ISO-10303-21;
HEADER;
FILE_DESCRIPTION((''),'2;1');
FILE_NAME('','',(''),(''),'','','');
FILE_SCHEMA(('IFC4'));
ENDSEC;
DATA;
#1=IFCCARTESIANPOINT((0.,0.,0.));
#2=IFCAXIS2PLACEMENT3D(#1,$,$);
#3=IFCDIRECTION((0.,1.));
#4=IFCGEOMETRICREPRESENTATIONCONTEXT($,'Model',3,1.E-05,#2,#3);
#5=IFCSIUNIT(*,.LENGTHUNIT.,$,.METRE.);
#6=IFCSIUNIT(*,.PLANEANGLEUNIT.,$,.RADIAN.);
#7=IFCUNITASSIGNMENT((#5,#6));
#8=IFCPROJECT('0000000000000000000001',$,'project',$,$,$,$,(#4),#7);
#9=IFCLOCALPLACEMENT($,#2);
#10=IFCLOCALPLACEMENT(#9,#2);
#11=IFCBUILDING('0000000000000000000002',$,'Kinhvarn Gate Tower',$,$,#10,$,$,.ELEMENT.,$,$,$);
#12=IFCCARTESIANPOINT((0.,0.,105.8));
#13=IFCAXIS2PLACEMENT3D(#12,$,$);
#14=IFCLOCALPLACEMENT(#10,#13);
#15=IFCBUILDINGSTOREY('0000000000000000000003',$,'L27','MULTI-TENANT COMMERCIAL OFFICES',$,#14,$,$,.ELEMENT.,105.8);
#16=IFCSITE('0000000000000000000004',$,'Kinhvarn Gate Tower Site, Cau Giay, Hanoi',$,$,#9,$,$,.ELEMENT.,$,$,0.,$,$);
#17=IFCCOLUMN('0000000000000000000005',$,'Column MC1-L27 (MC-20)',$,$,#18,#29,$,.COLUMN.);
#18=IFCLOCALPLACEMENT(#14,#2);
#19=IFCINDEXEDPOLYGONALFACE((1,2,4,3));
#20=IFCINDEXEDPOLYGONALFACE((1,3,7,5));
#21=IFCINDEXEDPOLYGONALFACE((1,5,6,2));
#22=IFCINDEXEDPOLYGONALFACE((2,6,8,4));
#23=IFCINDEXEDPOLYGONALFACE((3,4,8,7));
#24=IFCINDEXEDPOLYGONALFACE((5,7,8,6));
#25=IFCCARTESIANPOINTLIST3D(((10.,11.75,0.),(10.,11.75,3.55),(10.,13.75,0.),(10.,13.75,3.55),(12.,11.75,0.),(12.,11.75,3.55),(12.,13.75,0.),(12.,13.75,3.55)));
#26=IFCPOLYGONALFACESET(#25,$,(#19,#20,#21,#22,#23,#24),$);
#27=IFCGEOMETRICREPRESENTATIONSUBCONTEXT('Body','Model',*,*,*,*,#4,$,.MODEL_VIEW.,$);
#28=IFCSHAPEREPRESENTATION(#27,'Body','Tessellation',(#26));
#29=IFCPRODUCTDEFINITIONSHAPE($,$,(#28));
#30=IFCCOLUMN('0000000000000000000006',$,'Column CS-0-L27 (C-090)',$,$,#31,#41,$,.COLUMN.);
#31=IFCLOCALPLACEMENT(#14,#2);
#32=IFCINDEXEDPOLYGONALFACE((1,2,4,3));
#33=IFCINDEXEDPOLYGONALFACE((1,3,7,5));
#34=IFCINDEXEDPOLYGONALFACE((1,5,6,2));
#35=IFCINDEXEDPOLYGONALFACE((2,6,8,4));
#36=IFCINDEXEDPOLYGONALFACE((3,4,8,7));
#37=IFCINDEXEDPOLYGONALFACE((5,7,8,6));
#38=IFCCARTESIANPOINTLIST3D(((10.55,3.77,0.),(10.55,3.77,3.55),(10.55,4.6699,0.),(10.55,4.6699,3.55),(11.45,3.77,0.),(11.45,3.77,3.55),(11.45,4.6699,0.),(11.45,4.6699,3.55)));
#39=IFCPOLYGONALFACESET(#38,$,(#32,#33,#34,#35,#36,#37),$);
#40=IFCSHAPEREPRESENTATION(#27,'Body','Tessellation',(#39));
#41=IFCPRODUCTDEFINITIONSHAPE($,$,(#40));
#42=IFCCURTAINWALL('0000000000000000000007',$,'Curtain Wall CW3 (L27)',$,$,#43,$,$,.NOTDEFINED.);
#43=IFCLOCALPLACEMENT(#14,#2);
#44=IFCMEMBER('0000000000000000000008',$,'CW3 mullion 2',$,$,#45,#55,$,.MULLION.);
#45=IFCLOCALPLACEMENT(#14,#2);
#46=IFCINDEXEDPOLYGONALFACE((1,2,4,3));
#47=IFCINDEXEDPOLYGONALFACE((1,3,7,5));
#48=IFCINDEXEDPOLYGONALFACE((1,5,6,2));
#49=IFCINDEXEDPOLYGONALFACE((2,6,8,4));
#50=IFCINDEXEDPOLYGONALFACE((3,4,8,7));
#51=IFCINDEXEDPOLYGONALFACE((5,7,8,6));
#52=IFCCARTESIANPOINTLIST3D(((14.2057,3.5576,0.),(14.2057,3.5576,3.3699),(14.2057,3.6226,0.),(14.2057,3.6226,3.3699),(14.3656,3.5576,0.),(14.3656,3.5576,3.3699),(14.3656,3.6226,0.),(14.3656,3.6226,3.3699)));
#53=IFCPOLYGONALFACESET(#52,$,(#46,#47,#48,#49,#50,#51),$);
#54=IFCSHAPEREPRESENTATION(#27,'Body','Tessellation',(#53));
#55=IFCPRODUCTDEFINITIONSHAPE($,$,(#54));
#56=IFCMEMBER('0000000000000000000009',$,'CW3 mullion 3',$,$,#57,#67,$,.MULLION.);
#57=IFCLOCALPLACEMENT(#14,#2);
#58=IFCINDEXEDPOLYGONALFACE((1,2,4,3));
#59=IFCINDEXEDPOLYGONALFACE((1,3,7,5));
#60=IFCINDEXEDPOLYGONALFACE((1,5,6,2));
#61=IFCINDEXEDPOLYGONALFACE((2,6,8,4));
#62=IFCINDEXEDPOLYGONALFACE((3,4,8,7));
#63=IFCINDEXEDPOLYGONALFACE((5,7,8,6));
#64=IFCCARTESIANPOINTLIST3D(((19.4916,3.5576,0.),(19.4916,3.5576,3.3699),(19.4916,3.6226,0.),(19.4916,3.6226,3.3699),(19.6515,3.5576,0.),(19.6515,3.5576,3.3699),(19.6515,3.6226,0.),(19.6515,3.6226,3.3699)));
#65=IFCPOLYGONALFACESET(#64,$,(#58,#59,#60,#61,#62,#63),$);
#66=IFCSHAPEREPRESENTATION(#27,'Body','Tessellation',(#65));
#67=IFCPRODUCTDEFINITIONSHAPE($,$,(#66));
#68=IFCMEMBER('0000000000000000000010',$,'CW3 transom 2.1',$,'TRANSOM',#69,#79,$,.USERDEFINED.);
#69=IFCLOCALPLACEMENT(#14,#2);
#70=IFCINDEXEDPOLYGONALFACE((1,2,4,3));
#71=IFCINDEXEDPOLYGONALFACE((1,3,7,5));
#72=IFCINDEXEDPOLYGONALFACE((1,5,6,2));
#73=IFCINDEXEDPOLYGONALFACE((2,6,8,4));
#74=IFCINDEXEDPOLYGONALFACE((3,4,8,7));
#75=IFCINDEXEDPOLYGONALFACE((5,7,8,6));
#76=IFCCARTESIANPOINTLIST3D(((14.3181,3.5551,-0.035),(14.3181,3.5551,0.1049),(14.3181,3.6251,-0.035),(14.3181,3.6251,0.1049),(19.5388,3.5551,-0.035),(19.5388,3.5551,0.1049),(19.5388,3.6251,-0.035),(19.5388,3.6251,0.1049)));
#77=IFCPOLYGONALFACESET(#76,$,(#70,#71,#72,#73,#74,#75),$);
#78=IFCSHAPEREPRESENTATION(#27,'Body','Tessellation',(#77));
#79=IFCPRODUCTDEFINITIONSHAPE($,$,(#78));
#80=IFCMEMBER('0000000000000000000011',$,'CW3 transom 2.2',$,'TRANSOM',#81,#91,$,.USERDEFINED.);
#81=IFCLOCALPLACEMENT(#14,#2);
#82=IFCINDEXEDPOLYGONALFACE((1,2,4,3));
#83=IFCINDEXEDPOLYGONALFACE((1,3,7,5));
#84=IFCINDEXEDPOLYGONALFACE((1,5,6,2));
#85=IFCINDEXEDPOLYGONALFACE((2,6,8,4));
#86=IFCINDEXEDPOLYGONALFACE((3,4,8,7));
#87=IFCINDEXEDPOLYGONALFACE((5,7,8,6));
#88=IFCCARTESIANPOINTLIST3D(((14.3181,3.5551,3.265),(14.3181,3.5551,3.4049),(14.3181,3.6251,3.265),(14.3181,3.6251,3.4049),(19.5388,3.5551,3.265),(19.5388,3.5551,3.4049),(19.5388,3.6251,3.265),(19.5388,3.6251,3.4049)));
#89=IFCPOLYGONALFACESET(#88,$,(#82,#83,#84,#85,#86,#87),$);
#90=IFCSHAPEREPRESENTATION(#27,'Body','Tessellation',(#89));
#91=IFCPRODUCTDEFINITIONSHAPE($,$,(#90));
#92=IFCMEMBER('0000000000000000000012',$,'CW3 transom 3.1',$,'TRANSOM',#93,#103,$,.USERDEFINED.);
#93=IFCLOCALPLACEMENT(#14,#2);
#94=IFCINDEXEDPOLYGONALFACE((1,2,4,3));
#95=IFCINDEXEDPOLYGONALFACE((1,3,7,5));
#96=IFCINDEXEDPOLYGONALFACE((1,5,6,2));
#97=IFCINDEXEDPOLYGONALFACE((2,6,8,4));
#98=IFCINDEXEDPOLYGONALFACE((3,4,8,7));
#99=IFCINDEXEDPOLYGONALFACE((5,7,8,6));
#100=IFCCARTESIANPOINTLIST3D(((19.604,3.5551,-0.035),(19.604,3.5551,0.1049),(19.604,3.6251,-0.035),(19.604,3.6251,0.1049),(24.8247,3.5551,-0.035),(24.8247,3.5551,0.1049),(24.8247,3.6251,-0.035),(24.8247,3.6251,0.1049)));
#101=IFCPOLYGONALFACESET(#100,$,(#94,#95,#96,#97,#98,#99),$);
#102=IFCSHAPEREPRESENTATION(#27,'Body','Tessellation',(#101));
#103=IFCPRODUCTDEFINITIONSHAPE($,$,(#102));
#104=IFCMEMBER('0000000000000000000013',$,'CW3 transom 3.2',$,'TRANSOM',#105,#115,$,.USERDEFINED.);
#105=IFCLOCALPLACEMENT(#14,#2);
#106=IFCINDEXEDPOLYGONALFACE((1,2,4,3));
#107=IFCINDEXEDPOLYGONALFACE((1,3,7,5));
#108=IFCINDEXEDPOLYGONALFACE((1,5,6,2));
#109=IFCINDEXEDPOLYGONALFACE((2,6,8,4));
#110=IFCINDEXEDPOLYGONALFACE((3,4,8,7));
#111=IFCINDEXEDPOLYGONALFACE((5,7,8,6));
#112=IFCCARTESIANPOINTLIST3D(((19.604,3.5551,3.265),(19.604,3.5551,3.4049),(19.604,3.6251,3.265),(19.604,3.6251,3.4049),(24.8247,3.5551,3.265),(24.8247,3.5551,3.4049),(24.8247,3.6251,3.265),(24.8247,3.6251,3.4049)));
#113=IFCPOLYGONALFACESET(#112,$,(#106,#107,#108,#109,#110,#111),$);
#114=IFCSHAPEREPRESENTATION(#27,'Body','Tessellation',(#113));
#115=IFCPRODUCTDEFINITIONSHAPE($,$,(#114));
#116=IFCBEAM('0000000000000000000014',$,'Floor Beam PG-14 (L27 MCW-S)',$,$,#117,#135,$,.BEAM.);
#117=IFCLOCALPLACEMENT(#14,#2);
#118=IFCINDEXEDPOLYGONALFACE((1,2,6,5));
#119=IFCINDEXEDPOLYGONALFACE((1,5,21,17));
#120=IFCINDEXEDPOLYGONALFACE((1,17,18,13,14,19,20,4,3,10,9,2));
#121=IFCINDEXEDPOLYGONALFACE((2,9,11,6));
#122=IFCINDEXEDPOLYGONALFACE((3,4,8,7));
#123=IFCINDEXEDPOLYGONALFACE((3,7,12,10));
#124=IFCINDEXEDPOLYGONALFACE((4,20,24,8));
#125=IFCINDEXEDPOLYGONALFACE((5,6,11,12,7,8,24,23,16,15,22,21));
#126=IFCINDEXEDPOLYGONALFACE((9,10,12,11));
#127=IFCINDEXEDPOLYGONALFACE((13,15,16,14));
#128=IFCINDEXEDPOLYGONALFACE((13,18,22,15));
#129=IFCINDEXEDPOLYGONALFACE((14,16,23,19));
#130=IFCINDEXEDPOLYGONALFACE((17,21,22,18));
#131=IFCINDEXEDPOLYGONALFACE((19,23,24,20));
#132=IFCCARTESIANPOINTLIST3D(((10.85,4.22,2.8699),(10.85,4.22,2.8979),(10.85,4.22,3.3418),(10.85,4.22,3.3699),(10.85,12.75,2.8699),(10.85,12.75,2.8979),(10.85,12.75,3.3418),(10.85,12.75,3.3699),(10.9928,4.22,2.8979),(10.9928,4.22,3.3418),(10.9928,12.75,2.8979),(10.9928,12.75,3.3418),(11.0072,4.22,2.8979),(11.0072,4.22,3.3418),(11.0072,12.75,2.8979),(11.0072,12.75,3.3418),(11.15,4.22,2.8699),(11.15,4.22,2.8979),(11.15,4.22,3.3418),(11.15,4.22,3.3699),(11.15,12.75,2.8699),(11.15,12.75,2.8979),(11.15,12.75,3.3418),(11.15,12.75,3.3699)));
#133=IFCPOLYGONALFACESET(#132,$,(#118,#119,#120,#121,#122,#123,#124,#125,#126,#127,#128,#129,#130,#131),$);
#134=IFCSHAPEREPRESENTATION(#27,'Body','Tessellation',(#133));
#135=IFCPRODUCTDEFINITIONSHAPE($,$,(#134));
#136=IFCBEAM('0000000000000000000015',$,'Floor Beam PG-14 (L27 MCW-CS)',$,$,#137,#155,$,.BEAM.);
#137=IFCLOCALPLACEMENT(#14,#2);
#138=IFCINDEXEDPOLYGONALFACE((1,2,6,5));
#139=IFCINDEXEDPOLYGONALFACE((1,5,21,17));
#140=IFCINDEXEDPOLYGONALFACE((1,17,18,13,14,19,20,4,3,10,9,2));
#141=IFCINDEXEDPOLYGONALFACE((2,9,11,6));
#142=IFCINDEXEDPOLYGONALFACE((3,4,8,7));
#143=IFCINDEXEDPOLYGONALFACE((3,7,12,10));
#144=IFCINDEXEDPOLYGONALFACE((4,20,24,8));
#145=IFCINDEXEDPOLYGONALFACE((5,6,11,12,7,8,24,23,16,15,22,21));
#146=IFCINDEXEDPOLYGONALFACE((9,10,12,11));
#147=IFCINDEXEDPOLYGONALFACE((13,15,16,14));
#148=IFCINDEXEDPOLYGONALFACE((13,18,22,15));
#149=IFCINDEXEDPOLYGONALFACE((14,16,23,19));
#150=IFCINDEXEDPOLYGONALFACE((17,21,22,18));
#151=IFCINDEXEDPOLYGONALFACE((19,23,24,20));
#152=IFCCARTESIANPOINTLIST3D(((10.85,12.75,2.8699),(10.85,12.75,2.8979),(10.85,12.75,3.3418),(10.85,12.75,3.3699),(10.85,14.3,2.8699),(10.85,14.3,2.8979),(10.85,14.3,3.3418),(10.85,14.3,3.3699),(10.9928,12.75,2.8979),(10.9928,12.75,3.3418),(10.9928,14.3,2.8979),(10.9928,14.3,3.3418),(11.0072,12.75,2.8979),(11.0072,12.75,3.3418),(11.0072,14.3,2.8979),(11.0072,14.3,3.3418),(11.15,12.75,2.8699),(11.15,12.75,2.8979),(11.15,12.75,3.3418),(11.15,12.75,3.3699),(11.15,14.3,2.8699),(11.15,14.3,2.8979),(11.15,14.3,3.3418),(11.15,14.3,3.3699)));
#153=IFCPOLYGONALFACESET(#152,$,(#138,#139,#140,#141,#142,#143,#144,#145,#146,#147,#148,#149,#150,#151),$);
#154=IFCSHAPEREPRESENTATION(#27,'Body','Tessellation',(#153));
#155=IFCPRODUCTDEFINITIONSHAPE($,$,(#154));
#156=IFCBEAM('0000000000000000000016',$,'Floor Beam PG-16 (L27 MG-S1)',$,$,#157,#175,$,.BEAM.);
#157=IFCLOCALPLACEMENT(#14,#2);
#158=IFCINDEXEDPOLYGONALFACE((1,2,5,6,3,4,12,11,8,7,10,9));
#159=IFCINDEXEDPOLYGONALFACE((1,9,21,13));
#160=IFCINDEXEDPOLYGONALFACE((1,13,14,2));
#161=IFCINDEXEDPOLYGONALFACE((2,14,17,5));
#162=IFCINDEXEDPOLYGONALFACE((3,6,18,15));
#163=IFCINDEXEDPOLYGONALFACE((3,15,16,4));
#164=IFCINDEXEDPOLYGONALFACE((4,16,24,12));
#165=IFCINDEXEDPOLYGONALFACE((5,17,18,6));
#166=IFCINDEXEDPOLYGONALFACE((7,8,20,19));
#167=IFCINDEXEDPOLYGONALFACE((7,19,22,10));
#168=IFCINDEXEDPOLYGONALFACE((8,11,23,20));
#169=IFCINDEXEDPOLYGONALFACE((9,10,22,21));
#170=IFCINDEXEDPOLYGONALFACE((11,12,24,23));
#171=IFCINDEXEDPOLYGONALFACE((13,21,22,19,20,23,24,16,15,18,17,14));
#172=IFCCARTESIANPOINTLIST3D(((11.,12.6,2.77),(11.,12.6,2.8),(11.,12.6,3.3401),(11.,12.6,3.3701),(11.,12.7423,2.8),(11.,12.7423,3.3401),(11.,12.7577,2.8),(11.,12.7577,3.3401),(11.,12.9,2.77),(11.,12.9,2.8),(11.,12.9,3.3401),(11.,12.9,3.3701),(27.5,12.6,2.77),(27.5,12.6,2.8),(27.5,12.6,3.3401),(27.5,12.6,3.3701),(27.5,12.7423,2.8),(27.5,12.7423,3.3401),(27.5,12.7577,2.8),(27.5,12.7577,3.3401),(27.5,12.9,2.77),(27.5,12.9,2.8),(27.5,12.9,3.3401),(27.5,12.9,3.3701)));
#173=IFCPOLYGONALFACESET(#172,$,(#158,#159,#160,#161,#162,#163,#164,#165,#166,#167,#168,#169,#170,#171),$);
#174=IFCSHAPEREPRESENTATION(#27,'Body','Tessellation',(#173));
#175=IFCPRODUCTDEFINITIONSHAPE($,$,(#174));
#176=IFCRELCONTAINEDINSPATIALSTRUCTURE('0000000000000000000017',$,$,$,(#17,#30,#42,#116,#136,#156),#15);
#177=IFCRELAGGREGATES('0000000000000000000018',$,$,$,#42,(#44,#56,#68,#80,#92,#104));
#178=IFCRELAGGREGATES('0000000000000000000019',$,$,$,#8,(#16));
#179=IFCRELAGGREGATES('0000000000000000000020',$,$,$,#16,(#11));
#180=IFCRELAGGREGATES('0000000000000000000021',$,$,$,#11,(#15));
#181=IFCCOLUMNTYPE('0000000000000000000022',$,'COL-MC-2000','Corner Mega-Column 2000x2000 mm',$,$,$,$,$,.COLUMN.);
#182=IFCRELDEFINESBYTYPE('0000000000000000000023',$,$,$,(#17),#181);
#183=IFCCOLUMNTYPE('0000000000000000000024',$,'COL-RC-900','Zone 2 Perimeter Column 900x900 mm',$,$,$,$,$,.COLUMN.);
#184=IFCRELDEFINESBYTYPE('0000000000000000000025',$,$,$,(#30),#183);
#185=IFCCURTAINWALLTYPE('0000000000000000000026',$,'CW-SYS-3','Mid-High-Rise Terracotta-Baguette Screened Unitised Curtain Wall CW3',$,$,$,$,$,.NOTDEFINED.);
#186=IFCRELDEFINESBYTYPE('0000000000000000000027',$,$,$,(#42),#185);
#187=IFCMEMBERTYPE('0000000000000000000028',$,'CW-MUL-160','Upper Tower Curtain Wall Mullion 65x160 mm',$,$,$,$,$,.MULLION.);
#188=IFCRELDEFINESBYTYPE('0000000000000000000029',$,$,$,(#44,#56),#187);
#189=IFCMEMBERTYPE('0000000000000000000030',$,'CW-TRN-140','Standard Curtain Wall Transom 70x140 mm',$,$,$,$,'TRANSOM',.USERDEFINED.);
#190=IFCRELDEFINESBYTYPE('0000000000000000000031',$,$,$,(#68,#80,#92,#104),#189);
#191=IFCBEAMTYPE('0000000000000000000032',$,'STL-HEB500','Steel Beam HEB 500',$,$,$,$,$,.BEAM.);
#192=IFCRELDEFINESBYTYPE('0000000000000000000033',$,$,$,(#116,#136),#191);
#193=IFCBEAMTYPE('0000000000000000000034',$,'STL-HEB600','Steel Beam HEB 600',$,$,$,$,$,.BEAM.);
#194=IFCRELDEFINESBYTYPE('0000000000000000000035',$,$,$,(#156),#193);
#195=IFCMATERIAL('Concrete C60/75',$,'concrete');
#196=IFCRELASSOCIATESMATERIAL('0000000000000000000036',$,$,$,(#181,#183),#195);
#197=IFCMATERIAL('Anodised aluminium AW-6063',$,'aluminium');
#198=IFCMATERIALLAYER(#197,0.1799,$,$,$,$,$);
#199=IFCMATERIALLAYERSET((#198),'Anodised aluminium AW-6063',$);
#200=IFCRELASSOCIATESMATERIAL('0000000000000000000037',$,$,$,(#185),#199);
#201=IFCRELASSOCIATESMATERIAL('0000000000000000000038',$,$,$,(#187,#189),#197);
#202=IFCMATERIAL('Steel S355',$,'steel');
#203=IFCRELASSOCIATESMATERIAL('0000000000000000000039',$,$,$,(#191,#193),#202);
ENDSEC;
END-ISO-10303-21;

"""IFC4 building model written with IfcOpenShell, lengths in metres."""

from ifc_helpers import new_model, si_unit, direction, frame, origin, origin_2d, place, context, subcontext, project, spatial, rectangle, i_section, extrude, material, layer, layer_set, material_profile, profile_set, type_object, element, aggregate, save


model = new_model("IFC4")

# Units and contexts
model_context = context("Model", 3, precision=1e-05, world=origin(), true_north=direction((0.0, 1.0)))
body_context = subcontext(model_context, "Body", "Model", "MODEL_VIEW")
ifc_project = project(units=[si_unit("LENGTHUNIT", "METRE"), si_unit("PLANEANGLEUNIT", "RADIAN")], contexts=[model_context])

# Site, building, storey
site_placement = place(None, origin())
site = spatial("IfcSite", under=ifc_project, at=site_placement, Name="Kinhvarn Gate Tower Site, Cau Giay, Hanoi", CompositionType="ELEMENT", RefElevation=0.0)
building_placement = place(site_placement, origin())
building = spatial("IfcBuilding", under=site, at=building_placement, Name="Kinhvarn Gate Tower", CompositionType="ELEMENT")
storey_placement = place(building_placement, frame((0.0, 0.0, 105.8)))
storey = spatial("IfcBuildingStorey", under=building, at=storey_placement, Name="L27", Description="MULTI-TENANT COMMERCIAL OFFICES", CompositionType="ELEMENT", Elevation=105.8)

# Columns
ifc_material_1 = material(Name="Concrete C60/75", Category="concrete")
ifc_material_profile_1 = material_profile(ifc_material_1, rectangle(XDim=2.0, YDim=2.0, at=origin_2d()), Name="RC 2000x2000")
ifc_profile_set_1 = profile_set([ifc_material_profile_1], Name="Concrete C60/75")
column_type_1 = type_object("IfcColumnType", Name="COL-MC-2000", Description="Corner Mega-Column 2000x2000 mm", PredefinedType="COLUMN", material=ifc_profile_set_1)
column_1_placement = place(storey_placement, frame((11.0, 12.75, 0.0), z_axis=(0.0, 0.0, 1.0), x_axis=(1.0, 0.0, 0.0)))
element("IfcColumn", 1, at=column_1_placement, inside=storey, type_object=column_type_1, Name="Column MC1-L27 (MC-20)", PredefinedType="COLUMN", context=body_context, shape_type="SweptSolid", body=[
    extrude(rectangle(XDim=2.0, YDim=2.0, at=origin_2d()), origin(), (0.0, 0.0, 1.0), 3.55),
])
ifc_material_profile_2 = material_profile(ifc_material_1, rectangle(XDim=0.8999, YDim=0.8999, at=origin_2d()), Name="RC 900x900")
ifc_profile_set_2 = profile_set([ifc_material_profile_2], Name="Concrete C60/75")
column_type_2 = type_object("IfcColumnType", Name="COL-RC-900", Description="Zone 2 Perimeter Column 900x900 mm", PredefinedType="COLUMN", material=ifc_profile_set_2)
column_2_placement = place(storey_placement, frame((11.0, 4.22, 0.0), z_axis=(0.0, 0.0, 1.0), x_axis=(1.0, 0.0, 0.0)))
element("IfcColumn", 2, at=column_2_placement, inside=storey, type_object=column_type_2, Name="Column CS-0-L27 (C-090)", PredefinedType="COLUMN", context=body_context, shape_type="SweptSolid", body=[
    extrude(rectangle(XDim=0.8999, YDim=0.8999, at=origin_2d()), origin(), (0.0, 0.0, 1.0), 3.55),
])

# Curtain wall, members
ifc_material_2 = material(Name="Anodised aluminium AW-6063", Category="aluminium")
ifc_layer_1 = layer(ifc_material_2, 0.1799)
ifc_layer_set_1 = layer_set([ifc_layer_1], Name="Anodised aluminium AW-6063")
curtain_wall_type = type_object("IfcCurtainWallType", Name="CW-SYS-3", Description="Mid-High-Rise Terracotta-Baguette Screened Unitised Curtain Wall CW3", PredefinedType="NOTDEFINED", material=ifc_layer_set_1)
curtain_wall_placement = place(storey_placement, origin())
curtain_wall = element("IfcCurtainWall", 3, at=curtain_wall_placement, inside=storey, type_object=curtain_wall_type, Name="Curtain Wall CW3 (L27)", PredefinedType="NOTDEFINED")
ifc_material_profile_3 = material_profile(ifc_material_2, rectangle(XDim=0.0649, YDim=0.1599, at=origin_2d()), Name="ALU 65x160")
ifc_profile_set_3 = profile_set([ifc_material_profile_3], Name="Anodised aluminium AW-6063")
member_type_1 = type_object("IfcMemberType", Name="CW-MUL-160", Description="Upper Tower Curtain Wall Mullion 65x160 mm", PredefinedType="MULLION", material=ifc_profile_set_3)
member_1_placement = place(storey_placement, frame((14.2856, 3.5901, 0.0), z_axis=(0.0, 0.0, 1.0), x_axis=(0.0, 1.0, 0.0)))
member_1 = element("IfcMember", 4, at=member_1_placement, type_object=member_type_1, Name="CW3 mullion 2", PredefinedType="MULLION", context=body_context, shape_type="SweptSolid", body=[
    extrude(rectangle(XDim=0.0649, YDim=0.1599, at=origin_2d()), origin(), (0.0, 0.0, 1.0), 3.3699),
])
member_2_placement = place(storey_placement, frame((19.5715, 3.5901, 0.0), z_axis=(0.0, 0.0, 1.0), x_axis=(0.0, 1.0, 0.0)))
member_2 = element("IfcMember", 5, at=member_2_placement, type_object=member_type_1, Name="CW3 mullion 3", PredefinedType="MULLION", context=body_context, shape_type="SweptSolid", body=[
    extrude(rectangle(XDim=0.0649, YDim=0.1599, at=origin_2d()), origin(), (0.0, 0.0, 1.0), 3.3699),
])
ifc_material_profile_4 = material_profile(ifc_material_2, rectangle(XDim=0.0701, YDim=0.1399, at=origin_2d()), Name="ALU 70x140")
ifc_profile_set_4 = profile_set([ifc_material_profile_4], Name="Anodised aluminium AW-6063")
member_type_2 = type_object("IfcMemberType", Name="CW-TRN-140", Description="Standard Curtain Wall Transom 70x140 mm", ElementType="TRANSOM", PredefinedType="USERDEFINED", material=ifc_profile_set_4)
member_3_placement = place(storey_placement, frame((14.3181, 3.5901, 0.0349), z_axis=(1.0, 0.0, 0.0), x_axis=(0.0, 1.0, 0.0)))
member_3 = element("IfcMember", 6, at=member_3_placement, type_object=member_type_2, Name="CW3 transom 2.1", ObjectType="TRANSOM", PredefinedType="USERDEFINED", context=body_context, shape_type="SweptSolid", body=[
    extrude(rectangle(XDim=0.0701, YDim=0.1399, at=origin_2d()), origin(), (0.0, 0.0, 1.0), 5.2207),
])
member_4_placement = place(storey_placement, frame((14.3181, 3.5901, 3.335), z_axis=(1.0, 0.0, 0.0), x_axis=(0.0, 1.0, 0.0)))
member_4 = element("IfcMember", 7, at=member_4_placement, type_object=member_type_2, Name="CW3 transom 2.2", ObjectType="TRANSOM", PredefinedType="USERDEFINED", context=body_context, shape_type="SweptSolid", body=[
    extrude(rectangle(XDim=0.0701, YDim=0.1399, at=origin_2d()), origin(), (0.0, 0.0, 1.0), 5.2207),
])
member_5_placement = place(storey_placement, frame((19.604, 3.5901, 0.0349), z_axis=(1.0, 0.0, 0.0), x_axis=(0.0, 1.0, 0.0)))
member_5 = element("IfcMember", 8, at=member_5_placement, type_object=member_type_2, Name="CW3 transom 3.1", ObjectType="TRANSOM", PredefinedType="USERDEFINED", context=body_context, shape_type="SweptSolid", body=[
    extrude(rectangle(XDim=0.0701, YDim=0.1399, at=origin_2d()), origin(), (0.0, 0.0, 1.0), 5.2207),
])
member_6_placement = place(storey_placement, frame((19.604, 3.5901, 3.335), z_axis=(1.0, 0.0, 0.0), x_axis=(0.0, 1.0, 0.0)))
member_6 = element("IfcMember", 9, at=member_6_placement, type_object=member_type_2, Name="CW3 transom 3.2", ObjectType="TRANSOM", PredefinedType="USERDEFINED", context=body_context, shape_type="SweptSolid", body=[
    extrude(rectangle(XDim=0.0701, YDim=0.1399, at=origin_2d()), origin(), (0.0, 0.0, 1.0), 5.2207),
])

# Beams
ifc_material_3 = material(Name="Steel S355", Category="steel")
ifc_material_profile_5 = material_profile(ifc_material_3, i_section(OverallWidth=0.3, OverallDepth=0.5, WebThickness=0.0144, FlangeThickness=0.0281, at=origin_2d()), Name="HEB 500")
ifc_profile_set_5 = profile_set([ifc_material_profile_5], Name="Steel S355")
beam_type_1 = type_object("IfcBeamType", Name="STL-HEB500", Description="Steel Beam HEB 500", PredefinedType="BEAM", material=ifc_profile_set_5)
beam_1_placement = place(storey_placement, frame((11.0, 4.22, 3.1199), z_axis=(0.0, 1.0, 0.0), x_axis=(-1.0, 0.0, 0.0)))
element("IfcBeam", 10, at=beam_1_placement, inside=storey, type_object=beam_type_1, Name="Floor Beam PG-14 (L27 MCW-S)", PredefinedType="BEAM", context=body_context, shape_type="SweptSolid", body=[
    extrude(i_section(OverallWidth=0.3, OverallDepth=0.5, WebThickness=0.0144, FlangeThickness=0.0281, at=origin_2d()), origin(), (0.0, 0.0, 1.0), 8.53),
])
beam_2_placement = place(storey_placement, frame((11.0, 12.75, 3.1199), z_axis=(0.0, 1.0, 0.0), x_axis=(-1.0, 0.0, 0.0)))
element("IfcBeam", 11, at=beam_2_placement, inside=storey, type_object=beam_type_1, Name="Floor Beam PG-14 (L27 MCW-CS)", PredefinedType="BEAM", context=body_context, shape_type="SweptSolid", body=[
    extrude(i_section(OverallWidth=0.3, OverallDepth=0.5, WebThickness=0.0144, FlangeThickness=0.0281, at=origin_2d()), origin(), (0.0, 0.0, 1.0), 1.55),
])
ifc_material_profile_6 = material_profile(ifc_material_3, i_section(OverallWidth=0.3, OverallDepth=0.6001, WebThickness=0.0154, FlangeThickness=0.03, at=origin_2d()), Name="HEB 600")
ifc_profile_set_6 = profile_set([ifc_material_profile_6], Name="Steel S355")
beam_type_2 = type_object("IfcBeamType", Name="STL-HEB600", Description="Steel Beam HEB 600", PredefinedType="BEAM", material=ifc_profile_set_6)
beam_3_placement = place(storey_placement, frame((11.0, 12.75, 3.0701), z_axis=(1.0, 0.0, 0.0), x_axis=(0.0, 1.0, 0.0)))
element("IfcBeam", 12, at=beam_3_placement, inside=storey, type_object=beam_type_2, Name="Floor Beam PG-16 (L27 MG-S1)", PredefinedType="BEAM", context=body_context, shape_type="SweptSolid", body=[
    extrude(i_section(OverallWidth=0.3, OverallDepth=0.6001, WebThickness=0.0154, FlangeThickness=0.03, at=origin_2d()), origin(), (0.0, 0.0, 1.0), 16.5),
])

aggregate(curtain_wall, [member_1, member_2, member_3, member_4, member_5, member_6])

save(model, "model.ifc")
